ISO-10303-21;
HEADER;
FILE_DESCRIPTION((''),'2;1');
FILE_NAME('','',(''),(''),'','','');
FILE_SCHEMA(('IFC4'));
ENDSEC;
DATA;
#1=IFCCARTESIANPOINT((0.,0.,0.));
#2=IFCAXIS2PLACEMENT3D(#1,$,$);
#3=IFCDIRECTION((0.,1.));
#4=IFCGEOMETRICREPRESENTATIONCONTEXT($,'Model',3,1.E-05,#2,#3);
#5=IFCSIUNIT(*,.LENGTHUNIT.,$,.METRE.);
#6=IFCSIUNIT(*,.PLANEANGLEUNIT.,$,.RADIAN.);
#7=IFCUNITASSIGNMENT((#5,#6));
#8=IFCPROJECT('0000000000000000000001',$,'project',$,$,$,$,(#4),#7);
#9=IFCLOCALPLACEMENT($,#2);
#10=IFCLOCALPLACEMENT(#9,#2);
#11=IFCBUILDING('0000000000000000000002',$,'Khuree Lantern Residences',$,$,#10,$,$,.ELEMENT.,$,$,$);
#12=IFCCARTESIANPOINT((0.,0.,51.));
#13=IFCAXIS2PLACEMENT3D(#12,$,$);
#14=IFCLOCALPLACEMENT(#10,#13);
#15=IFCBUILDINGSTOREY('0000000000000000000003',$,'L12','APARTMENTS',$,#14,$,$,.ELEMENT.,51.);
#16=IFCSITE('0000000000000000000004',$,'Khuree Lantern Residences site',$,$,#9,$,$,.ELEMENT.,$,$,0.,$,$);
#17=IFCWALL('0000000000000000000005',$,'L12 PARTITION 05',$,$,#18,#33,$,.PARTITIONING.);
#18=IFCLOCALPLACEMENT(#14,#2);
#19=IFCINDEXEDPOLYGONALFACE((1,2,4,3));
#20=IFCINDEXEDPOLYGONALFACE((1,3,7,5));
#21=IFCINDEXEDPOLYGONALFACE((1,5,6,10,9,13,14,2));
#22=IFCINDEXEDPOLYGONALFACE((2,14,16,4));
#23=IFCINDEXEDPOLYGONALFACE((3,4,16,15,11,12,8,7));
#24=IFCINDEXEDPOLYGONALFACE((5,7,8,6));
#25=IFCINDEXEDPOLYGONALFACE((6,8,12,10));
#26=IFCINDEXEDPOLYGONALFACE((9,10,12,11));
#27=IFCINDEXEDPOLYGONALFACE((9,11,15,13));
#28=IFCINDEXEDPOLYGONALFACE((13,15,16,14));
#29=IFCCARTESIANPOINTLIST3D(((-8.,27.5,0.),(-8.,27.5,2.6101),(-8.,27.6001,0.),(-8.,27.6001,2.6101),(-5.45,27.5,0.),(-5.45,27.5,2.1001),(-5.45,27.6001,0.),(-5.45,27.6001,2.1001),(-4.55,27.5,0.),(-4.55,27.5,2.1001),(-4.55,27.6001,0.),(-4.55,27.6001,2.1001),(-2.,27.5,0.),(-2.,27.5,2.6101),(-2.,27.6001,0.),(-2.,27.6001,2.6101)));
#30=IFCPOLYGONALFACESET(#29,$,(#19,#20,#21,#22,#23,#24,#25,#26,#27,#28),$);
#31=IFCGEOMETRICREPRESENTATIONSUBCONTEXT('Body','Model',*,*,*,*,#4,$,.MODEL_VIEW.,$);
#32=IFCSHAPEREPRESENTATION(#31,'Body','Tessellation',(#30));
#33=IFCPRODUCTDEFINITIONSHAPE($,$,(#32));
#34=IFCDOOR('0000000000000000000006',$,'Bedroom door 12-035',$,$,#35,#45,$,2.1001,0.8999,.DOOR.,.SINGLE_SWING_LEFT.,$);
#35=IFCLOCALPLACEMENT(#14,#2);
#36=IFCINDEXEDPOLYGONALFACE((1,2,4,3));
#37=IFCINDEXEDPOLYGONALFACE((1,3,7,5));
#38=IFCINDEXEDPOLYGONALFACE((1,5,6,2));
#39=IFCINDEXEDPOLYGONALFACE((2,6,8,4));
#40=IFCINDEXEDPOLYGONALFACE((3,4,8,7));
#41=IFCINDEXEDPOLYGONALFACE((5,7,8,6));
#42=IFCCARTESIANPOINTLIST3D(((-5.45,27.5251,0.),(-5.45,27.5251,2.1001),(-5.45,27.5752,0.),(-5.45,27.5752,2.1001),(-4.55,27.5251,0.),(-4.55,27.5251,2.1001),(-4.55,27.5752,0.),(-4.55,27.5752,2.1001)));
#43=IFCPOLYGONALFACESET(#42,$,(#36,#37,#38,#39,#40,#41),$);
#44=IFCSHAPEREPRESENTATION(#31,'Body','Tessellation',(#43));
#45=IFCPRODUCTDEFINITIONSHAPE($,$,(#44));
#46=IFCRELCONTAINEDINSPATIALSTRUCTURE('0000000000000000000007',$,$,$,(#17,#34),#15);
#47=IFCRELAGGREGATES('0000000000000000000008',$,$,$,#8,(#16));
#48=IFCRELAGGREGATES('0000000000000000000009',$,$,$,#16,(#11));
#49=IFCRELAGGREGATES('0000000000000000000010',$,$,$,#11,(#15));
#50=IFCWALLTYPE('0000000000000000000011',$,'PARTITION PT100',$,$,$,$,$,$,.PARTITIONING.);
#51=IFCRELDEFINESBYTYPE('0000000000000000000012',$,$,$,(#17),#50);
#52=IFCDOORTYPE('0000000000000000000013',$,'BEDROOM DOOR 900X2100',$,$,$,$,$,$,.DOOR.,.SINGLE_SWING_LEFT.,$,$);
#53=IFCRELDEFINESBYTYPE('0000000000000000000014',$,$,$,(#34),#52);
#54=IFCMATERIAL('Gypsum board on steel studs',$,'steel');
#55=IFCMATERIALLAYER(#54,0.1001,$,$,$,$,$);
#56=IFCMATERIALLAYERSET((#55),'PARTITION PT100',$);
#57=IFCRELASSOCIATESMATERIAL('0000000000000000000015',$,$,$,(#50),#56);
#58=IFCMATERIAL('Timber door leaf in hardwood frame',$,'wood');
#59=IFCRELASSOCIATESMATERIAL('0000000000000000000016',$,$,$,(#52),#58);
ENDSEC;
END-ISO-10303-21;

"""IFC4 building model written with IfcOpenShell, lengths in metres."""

from ifc_helpers import new_model, si_unit, direction, frame, frame_2d, origin, place, context, subcontext, project, spatial, rectangle, extrude, material, layer, layer_set, type_object, element, fill, save


model = new_model("IFC4")

# Units and contexts
model_context = context("Model", 3, precision=1e-05, world=origin(), true_north=direction((0.0, 1.0)))
body_context = subcontext(model_context, "Body", "Model", "MODEL_VIEW")
ifc_project = project(units=[si_unit("LENGTHUNIT", "METRE"), si_unit("PLANEANGLEUNIT", "RADIAN")], contexts=[model_context])

# Site, building, storey
site_placement = place(None, origin())
site = spatial("IfcSite", under=ifc_project, at=site_placement, Name="Khuree Lantern Residences site", CompositionType="ELEMENT", RefElevation=0.0)
building_placement = place(site_placement, origin())
building = spatial("IfcBuilding", under=site, at=building_placement, Name="Khuree Lantern Residences", CompositionType="ELEMENT")
storey_placement = place(building_placement, frame((0.0, 0.0, 51.0)))
storey = spatial("IfcBuildingStorey", under=building, at=storey_placement, Name="L12", Description="APARTMENTS", CompositionType="ELEMENT", Elevation=51.0)

# Shared definitions
ifc_material_1 = material(Name="Timber door leaf in hardwood frame", Category="wood")

# Shared definitions
ifc_material_2 = material(Name="Gypsum board on steel studs", Category="steel")
ifc_layer_1 = layer(ifc_material_2, 0.1001)
ifc_layer_set_1 = layer_set([ifc_layer_1], Name="PARTITION PT100")
wall_type_1 = type_object("IfcWallType", Name="PARTITION PT100", PredefinedType="PARTITIONING", material=ifc_layer_set_1)

# Wall, opening, door
wall_1_placement = place(storey_placement, frame((-2.0, 27.55, 0.0), z_axis=(0.0, 0.0, 1.0), x_axis=(-1.0, 0.0, 0.0)))
wall_1 = element("IfcWall", 1, at=wall_1_placement, inside=storey, type_object=wall_type_1, Name="L12 PARTITION 05", PredefinedType="PARTITIONING", context=body_context, shape_type="SweptSolid", body=[
    extrude(rectangle(XDim=6.0, YDim=0.1001, at=frame_2d((3.0, 0.0))), origin(), (0.0, 0.0, 1.0), 2.6101),
])
opening_1_placement = place(wall_1_placement, frame((2.55, 0.0, 0.0)))
opening_1 = element("IfcOpeningElement", 2, at=opening_1_placement, cuts=wall_1, PredefinedType="OPENING", context=body_context, shape_type="SweptSolid", body=[
    extrude(rectangle(XDim=0.8999, YDim=2.1001, at=frame_2d((0.45, 1.05))), frame((0.0, 0.0601, 0.0), z_axis=(0.0, -1.0, 0.0), x_axis=(1.0, 0.0, 0.0)), (0.0, 0.0, 1.0), 0.1201),
])
door_type_1 = type_object("IfcDoorType", Name="BEDROOM DOOR 900X2100", OperationType="SINGLE_SWING_LEFT", PredefinedType="DOOR", material=ifc_material_1)
door_1_placement = place(opening_1_placement, origin())
door_1 = element("IfcDoor", 3, at=door_1_placement, inside=storey, type_object=door_type_1, Name="Bedroom door 12-035", OperationType="SINGLE_SWING_LEFT", OverallHeight=2.1001, OverallWidth=0.8999, PredefinedType="DOOR", context=body_context, shape_type="SweptSolid", body=[
    extrude(rectangle(XDim=0.8999, YDim=2.1001, at=frame_2d((0.45, 1.05))), frame((0.0, 0.0249, 0.0), z_axis=(0.0, -1.0, 0.0), x_axis=(1.0, 0.0, 0.0)), (0.0, 0.0, 1.0), 0.05),
])
fill(opening_1, door_1)

save(model, "model.ifc")
